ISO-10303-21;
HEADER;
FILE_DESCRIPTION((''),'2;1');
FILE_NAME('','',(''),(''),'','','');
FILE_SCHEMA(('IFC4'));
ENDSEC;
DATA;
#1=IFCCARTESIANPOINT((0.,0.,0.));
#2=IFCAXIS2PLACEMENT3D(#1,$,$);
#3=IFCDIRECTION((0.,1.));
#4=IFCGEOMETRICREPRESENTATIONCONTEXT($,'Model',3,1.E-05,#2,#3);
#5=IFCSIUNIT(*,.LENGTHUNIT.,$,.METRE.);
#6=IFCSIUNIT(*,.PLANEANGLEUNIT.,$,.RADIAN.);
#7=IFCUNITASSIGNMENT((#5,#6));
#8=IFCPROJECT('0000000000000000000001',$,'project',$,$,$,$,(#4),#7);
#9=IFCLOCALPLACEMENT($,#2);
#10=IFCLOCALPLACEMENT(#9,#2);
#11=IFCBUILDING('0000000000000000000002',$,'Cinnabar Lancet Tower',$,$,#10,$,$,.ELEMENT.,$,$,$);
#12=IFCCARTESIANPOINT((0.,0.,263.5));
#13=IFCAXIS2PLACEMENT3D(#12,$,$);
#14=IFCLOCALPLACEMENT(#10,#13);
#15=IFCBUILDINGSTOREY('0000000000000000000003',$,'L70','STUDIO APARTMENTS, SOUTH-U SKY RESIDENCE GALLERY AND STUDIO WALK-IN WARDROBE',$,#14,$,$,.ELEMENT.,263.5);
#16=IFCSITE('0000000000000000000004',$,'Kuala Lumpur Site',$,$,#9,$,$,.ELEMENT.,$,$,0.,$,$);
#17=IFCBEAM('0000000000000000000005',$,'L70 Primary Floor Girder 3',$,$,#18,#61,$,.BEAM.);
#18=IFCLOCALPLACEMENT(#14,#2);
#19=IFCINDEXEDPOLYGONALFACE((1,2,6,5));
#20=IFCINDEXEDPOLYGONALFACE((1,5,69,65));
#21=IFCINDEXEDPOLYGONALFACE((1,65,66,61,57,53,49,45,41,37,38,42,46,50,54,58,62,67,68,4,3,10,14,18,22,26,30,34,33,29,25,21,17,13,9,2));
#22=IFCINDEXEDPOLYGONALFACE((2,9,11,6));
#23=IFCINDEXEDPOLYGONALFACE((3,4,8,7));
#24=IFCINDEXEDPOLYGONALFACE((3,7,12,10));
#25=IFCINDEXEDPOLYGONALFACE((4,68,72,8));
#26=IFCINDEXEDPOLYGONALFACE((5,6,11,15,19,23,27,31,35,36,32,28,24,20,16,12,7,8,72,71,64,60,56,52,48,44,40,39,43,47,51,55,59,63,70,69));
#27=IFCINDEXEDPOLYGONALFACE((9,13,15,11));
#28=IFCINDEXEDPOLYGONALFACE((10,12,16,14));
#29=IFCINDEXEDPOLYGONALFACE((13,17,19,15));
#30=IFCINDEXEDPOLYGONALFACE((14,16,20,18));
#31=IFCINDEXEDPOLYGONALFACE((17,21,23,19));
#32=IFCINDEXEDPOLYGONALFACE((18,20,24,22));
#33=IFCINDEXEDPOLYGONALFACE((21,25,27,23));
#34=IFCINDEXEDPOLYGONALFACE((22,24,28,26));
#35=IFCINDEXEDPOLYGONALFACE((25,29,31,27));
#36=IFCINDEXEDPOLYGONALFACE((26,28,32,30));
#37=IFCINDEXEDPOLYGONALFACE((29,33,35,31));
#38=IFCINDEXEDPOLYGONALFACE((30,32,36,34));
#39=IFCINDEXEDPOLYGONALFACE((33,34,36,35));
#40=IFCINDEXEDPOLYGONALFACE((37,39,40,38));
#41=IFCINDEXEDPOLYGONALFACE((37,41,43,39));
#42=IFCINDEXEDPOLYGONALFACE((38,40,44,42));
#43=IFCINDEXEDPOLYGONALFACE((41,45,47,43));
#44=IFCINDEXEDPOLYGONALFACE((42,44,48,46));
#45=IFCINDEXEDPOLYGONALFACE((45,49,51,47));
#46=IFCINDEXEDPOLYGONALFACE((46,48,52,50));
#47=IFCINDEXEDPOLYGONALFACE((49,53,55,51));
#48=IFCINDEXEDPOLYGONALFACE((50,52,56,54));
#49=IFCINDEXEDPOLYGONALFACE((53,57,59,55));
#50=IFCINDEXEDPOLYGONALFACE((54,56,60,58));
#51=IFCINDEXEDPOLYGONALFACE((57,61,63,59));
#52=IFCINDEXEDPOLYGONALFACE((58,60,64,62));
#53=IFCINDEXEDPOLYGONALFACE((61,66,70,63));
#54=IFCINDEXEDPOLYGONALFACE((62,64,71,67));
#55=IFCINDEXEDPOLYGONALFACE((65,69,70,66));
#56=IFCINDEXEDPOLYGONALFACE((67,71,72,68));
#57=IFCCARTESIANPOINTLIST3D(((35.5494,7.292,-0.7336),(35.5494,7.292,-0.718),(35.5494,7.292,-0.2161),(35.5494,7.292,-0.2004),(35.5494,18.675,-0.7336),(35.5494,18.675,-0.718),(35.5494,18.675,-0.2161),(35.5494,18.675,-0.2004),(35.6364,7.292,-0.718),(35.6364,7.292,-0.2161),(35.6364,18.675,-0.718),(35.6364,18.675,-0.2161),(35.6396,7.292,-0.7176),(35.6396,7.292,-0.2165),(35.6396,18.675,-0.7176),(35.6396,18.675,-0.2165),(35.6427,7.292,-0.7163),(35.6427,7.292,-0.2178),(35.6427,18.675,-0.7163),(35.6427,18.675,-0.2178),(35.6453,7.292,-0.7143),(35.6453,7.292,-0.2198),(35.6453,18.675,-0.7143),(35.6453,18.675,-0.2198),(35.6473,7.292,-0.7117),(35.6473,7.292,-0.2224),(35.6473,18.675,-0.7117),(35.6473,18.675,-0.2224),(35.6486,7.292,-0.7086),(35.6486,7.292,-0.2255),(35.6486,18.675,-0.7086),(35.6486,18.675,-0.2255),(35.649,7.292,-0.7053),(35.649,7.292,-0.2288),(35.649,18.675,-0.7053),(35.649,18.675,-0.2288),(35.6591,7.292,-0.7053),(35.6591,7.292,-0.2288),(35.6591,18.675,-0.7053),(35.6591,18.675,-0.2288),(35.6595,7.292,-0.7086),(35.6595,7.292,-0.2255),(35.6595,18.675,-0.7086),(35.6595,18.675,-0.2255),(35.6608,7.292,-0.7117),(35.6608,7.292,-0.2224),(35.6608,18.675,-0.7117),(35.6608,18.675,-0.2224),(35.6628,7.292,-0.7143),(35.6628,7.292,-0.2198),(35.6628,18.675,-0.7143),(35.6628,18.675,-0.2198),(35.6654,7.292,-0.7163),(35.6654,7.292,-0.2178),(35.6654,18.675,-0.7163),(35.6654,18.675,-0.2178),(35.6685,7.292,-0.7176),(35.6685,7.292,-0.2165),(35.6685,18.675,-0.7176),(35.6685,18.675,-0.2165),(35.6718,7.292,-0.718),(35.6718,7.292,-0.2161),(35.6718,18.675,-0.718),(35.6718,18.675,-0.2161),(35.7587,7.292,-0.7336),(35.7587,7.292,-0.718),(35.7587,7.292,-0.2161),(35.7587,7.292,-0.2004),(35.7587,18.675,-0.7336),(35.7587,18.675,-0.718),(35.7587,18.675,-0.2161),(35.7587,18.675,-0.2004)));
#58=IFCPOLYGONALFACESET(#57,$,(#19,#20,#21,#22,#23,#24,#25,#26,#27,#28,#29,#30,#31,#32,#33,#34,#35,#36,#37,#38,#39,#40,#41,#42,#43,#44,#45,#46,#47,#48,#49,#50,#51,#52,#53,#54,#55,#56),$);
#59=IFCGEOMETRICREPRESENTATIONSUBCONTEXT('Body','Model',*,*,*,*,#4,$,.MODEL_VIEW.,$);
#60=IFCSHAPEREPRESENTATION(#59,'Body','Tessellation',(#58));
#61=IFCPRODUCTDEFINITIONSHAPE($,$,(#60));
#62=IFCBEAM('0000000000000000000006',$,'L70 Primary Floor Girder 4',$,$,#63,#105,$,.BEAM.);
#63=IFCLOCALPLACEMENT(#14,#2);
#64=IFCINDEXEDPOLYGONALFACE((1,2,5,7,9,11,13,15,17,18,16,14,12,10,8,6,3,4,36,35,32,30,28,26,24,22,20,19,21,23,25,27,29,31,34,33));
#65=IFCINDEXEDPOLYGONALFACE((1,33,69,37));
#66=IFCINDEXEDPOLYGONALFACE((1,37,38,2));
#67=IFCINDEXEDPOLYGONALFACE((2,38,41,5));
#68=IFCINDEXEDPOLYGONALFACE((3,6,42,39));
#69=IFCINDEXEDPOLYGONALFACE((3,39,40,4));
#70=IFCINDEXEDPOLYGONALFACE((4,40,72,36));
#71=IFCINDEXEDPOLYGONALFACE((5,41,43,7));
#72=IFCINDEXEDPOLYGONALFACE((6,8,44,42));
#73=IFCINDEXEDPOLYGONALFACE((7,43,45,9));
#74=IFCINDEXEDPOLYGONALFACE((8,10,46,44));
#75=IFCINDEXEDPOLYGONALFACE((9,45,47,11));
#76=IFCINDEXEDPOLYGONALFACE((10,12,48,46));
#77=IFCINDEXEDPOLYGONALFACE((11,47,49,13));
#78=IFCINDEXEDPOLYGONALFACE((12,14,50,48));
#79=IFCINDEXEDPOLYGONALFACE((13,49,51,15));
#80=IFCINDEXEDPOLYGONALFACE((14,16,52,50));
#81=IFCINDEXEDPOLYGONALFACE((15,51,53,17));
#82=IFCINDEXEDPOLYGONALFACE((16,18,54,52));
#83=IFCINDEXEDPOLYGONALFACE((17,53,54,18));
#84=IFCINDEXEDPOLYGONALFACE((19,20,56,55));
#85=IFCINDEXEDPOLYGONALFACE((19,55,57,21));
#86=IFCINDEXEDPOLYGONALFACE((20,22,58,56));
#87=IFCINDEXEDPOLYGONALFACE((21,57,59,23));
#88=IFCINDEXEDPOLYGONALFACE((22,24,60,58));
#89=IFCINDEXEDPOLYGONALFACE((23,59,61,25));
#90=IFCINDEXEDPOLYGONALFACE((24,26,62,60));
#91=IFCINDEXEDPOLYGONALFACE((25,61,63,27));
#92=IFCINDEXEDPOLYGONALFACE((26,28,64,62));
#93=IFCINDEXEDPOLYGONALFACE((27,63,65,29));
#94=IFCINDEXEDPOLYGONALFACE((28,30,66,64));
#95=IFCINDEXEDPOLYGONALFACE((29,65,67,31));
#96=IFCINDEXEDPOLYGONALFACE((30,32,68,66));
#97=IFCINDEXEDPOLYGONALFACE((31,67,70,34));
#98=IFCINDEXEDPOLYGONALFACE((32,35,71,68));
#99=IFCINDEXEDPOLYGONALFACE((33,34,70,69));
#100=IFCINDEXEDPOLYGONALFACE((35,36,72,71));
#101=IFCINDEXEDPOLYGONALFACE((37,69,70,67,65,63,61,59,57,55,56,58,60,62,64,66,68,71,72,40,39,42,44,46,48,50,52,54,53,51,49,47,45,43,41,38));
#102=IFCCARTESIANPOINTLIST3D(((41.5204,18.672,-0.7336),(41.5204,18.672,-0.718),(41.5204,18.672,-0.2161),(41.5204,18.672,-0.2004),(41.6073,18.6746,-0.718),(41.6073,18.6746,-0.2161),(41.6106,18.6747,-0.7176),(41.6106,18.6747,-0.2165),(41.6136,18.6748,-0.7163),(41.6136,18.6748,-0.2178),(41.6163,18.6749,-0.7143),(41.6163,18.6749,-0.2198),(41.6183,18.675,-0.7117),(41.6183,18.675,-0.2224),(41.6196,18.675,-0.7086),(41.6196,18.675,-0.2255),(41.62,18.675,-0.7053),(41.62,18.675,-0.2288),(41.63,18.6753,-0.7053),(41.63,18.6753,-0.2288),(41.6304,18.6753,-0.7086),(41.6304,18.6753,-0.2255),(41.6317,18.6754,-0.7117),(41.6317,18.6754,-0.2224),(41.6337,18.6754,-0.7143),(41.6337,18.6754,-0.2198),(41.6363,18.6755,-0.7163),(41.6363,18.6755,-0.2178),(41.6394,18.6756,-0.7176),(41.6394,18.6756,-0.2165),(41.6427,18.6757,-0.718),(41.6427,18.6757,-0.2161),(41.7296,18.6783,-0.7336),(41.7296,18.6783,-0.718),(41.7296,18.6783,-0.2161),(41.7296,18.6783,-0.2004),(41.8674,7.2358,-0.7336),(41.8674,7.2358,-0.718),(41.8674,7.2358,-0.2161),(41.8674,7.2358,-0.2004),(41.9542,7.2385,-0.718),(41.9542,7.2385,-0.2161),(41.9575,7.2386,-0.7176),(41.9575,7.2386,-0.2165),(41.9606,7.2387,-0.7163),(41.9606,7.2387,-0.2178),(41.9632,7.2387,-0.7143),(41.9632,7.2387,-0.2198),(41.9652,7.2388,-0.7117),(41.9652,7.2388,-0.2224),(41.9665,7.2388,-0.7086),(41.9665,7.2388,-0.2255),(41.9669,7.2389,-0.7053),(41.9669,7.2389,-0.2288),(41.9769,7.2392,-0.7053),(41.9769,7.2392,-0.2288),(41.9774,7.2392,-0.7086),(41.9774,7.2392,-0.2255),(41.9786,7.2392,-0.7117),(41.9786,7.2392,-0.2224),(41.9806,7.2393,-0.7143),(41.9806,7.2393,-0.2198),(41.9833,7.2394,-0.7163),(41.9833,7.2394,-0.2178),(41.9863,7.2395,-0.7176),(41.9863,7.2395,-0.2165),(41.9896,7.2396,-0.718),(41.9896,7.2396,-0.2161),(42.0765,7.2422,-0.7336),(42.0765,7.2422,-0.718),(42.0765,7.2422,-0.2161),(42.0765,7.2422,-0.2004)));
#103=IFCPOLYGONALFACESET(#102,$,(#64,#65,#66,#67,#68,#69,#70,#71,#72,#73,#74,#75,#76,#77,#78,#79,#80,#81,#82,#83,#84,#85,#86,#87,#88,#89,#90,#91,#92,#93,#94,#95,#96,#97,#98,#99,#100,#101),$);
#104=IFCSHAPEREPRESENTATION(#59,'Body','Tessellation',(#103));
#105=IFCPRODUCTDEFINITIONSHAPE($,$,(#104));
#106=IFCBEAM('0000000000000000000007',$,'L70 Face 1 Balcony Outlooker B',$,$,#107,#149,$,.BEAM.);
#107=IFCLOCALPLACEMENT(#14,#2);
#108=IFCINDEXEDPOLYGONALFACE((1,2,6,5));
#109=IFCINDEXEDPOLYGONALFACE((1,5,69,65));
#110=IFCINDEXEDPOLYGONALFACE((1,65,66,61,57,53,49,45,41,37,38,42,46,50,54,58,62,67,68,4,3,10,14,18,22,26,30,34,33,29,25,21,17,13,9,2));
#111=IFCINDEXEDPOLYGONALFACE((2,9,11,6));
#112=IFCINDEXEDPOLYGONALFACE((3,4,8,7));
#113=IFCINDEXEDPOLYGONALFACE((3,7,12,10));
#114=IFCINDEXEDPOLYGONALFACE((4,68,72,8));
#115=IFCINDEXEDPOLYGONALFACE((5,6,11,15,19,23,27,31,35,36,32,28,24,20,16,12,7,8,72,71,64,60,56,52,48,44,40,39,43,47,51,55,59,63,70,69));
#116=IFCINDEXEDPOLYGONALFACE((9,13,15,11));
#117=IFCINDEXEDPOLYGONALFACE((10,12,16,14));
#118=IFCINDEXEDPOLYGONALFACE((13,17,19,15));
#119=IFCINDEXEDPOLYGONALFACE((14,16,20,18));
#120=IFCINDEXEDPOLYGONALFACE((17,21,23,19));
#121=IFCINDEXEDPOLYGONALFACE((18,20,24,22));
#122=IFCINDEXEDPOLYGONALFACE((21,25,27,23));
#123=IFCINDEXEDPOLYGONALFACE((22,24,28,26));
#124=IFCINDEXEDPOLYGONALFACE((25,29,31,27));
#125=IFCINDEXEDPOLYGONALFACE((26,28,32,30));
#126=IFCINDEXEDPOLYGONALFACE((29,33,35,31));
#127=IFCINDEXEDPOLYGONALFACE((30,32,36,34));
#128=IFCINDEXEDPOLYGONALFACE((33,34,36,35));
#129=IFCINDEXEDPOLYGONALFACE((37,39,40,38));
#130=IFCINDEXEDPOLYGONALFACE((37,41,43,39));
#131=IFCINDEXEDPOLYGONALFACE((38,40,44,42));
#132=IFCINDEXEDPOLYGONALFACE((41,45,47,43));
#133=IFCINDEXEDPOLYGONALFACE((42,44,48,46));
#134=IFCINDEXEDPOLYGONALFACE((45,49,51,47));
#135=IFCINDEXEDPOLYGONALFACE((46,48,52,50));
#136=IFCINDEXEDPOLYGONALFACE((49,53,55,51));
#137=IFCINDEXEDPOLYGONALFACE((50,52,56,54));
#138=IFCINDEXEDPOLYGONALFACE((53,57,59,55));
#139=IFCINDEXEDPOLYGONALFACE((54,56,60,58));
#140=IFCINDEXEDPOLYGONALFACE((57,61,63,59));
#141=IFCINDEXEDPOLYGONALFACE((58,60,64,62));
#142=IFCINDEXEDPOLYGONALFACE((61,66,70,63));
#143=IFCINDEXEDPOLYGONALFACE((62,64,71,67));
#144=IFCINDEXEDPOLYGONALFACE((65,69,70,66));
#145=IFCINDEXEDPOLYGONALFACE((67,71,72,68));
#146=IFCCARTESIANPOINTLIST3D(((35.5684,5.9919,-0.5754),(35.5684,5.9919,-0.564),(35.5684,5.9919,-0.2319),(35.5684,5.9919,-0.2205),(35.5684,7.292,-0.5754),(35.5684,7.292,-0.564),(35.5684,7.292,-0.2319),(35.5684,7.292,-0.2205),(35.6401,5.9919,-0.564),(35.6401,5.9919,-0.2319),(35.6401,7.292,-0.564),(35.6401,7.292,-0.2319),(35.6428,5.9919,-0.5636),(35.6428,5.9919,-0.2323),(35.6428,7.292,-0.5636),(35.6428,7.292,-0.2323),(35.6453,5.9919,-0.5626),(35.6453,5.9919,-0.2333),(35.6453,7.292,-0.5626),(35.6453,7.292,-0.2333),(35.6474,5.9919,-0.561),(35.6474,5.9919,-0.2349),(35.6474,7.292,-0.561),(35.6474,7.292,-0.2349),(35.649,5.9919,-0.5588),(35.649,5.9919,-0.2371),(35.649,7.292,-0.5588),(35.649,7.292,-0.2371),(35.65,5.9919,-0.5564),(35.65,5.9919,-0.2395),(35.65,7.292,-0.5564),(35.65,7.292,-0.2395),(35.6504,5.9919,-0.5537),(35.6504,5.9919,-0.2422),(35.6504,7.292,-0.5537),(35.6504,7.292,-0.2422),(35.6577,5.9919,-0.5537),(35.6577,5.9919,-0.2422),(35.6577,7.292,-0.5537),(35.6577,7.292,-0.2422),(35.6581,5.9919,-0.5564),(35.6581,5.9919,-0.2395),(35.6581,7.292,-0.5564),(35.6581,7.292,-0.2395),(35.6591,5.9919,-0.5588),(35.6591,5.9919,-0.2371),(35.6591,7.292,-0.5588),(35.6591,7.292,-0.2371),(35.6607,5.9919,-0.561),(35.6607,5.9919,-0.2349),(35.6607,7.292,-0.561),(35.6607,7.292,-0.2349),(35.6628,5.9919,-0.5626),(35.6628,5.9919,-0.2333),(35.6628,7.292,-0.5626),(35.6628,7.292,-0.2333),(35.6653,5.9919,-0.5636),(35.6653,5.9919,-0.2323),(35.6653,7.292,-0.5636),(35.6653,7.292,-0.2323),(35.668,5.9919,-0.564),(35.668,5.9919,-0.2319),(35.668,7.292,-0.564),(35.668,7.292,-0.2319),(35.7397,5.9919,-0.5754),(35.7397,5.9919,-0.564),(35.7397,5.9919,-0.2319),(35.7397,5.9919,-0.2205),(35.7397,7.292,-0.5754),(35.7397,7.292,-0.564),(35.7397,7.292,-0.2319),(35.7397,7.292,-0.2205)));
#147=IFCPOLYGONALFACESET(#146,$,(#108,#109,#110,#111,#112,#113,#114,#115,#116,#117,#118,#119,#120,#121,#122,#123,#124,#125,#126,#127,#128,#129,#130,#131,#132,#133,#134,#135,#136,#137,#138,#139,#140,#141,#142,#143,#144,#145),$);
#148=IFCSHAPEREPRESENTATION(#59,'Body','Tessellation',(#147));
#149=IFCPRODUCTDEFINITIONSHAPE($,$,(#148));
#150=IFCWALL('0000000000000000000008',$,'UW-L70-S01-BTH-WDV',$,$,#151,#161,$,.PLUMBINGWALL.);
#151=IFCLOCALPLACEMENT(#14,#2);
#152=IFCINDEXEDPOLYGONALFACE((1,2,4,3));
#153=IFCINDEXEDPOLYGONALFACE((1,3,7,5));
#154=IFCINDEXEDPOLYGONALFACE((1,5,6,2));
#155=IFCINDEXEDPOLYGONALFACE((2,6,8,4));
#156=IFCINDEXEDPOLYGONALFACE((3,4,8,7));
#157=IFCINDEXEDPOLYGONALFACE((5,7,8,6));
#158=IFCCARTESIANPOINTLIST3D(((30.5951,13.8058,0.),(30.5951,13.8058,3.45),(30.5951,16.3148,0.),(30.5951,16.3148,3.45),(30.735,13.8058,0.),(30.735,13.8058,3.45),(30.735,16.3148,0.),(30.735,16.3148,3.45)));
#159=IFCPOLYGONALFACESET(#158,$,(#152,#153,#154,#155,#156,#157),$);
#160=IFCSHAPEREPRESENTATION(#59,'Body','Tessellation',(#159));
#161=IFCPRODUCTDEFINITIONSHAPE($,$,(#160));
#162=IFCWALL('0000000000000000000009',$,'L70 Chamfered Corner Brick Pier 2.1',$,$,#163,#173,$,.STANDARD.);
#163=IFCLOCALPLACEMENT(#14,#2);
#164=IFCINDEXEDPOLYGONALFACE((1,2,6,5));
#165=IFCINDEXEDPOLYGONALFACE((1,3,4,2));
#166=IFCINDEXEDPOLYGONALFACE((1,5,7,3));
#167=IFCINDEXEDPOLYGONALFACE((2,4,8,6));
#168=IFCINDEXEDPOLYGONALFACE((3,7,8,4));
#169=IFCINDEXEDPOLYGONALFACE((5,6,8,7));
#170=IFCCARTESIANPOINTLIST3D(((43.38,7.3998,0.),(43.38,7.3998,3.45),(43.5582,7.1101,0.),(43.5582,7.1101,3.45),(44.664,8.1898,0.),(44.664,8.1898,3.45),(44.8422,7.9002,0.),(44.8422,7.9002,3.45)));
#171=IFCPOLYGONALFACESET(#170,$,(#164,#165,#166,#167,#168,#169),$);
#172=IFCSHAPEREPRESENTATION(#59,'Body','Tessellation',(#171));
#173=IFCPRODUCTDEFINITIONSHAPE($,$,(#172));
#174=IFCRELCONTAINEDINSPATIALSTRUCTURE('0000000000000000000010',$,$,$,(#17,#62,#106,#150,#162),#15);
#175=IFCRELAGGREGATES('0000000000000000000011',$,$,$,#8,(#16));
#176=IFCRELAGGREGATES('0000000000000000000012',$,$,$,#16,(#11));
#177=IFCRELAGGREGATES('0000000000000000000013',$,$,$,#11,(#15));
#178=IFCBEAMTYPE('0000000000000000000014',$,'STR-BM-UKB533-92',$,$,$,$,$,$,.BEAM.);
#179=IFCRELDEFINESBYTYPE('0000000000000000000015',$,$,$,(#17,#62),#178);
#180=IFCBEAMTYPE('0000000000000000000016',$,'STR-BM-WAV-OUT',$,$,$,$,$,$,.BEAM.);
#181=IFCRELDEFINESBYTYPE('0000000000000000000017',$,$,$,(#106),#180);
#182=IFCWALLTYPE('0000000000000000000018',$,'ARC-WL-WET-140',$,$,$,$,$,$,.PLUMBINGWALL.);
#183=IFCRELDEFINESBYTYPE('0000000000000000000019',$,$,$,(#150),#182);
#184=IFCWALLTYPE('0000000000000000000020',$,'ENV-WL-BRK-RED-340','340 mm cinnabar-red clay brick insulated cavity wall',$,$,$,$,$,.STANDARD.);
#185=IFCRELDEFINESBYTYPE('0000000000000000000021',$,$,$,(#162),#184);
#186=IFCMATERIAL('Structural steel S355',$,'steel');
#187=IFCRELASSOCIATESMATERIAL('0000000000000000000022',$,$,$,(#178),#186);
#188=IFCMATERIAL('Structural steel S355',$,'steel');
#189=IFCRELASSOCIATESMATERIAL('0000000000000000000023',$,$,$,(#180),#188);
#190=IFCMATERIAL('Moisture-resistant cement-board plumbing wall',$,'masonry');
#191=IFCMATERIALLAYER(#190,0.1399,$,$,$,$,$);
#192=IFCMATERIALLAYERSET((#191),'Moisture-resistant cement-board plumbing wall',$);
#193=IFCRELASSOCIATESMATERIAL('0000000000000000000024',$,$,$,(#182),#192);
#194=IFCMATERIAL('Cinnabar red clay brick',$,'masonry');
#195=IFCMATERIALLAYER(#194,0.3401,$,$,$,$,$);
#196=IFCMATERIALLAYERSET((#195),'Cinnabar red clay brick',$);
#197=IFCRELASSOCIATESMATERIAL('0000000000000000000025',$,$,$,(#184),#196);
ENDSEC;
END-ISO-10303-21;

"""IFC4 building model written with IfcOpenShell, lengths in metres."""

from ifc_helpers import new_model, si_unit, direction, frame, frame_2d, origin, origin_2d, place, context, subcontext, project, spatial, rectangle, i_section, extrude, material, layer, layer_set, material_profile, profile_set, type_object, element, save


model = new_model("IFC4")

# Units and contexts
model_context = context("Model", 3, precision=1e-05, world=origin(), true_north=direction((0.0, 1.0)))
body_context = subcontext(model_context, "Body", "Model", "MODEL_VIEW")
ifc_project = project(units=[si_unit("LENGTHUNIT", "METRE"), si_unit("PLANEANGLEUNIT", "RADIAN")], contexts=[model_context])

# Site, building, storey
site_placement = place(None, origin())
site = spatial("IfcSite", under=ifc_project, at=site_placement, Name="Kuala Lumpur Site", CompositionType="ELEMENT", RefElevation=0.0)
building_placement = place(site_placement, origin())
building = spatial("IfcBuilding", under=site, at=building_placement, Name="Cinnabar Lancet Tower", CompositionType="ELEMENT")
storey_placement = place(building_placement, frame((0.0, 0.0, 263.5)))
storey = spatial("IfcBuildingStorey", under=building, at=storey_placement, Name="L70", Description="STUDIO APARTMENTS, SOUTH-U SKY RESIDENCE GALLERY AND STUDIO WALK-IN WARDROBE", CompositionType="ELEMENT", Elevation=263.5)

# Beams
ifc_material_1 = material(Name="Structural steel S355", Category="steel")
ifc_material_profile_1 = material_profile(ifc_material_1, i_section(OverallWidth=0.2092, OverallDepth=0.5332, WebThickness=0.01, FlangeThickness=0.0156, FilletRadius=0.0127, at=origin_2d()), Name="UKB 533x210x92")
ifc_profile_set_1 = profile_set([ifc_material_profile_1], Name="Structural steel S355")
beam_type_1 = type_object("IfcBeamType", Name="STR-BM-UKB533-92", PredefinedType="BEAM", material=ifc_profile_set_1)
beam_1_placement = place(storey_placement, frame((35.6541, 7.292, -0.467), z_axis=(0.0, 1.0, 0.0), x_axis=(-1.0, 0.0, 0.0)))
element("IfcBeam", 1, at=beam_1_placement, inside=storey, type_object=beam_type_1, Name="L70 Primary Floor Girder 3", PredefinedType="BEAM", context=body_context, shape_type="SweptSolid", body=[
    extrude(i_section(OverallWidth=0.2092, OverallDepth=0.5332, WebThickness=0.01, FlangeThickness=0.0156, FilletRadius=0.0127, at=origin_2d()), origin(), (0.0, 0.0, 1.0), 11.3831),
])
beam_2_placement = place(storey_placement, frame((41.9719, 7.239, -0.467), z_axis=(-0.030322, 0.99954, 0.0), x_axis=(-0.99954, -0.030322, 0.0)))
element("IfcBeam", 2, at=beam_2_placement, inside=storey, type_object=beam_type_1, Name="L70 Primary Floor Girder 4", PredefinedType="BEAM", context=body_context, shape_type="SweptSolid", body=[
    extrude(i_section(OverallWidth=0.2092, OverallDepth=0.5332, WebThickness=0.01, FlangeThickness=0.0156, FilletRadius=0.0127, at=origin_2d()), origin(), (0.0, 0.0, 1.0), 11.4414),
])
ifc_material_2 = material(Name="Structural steel S355", Category="steel")
ifc_material_profile_2 = material_profile(ifc_material_2, i_section(OverallWidth=0.1714, OverallDepth=0.355, WebThickness=0.0073, FlangeThickness=0.0115, FilletRadius=0.0103, at=origin_2d()), Name="UKB 356x171x51")
ifc_profile_set_2 = profile_set([ifc_material_profile_2], Name="Structural steel S355")
beam_type_2 = type_object("IfcBeamType", Name="STR-BM-WAV-OUT", PredefinedType="BEAM", material=ifc_profile_set_2)
beam_3_placement = place(storey_placement, frame((35.6541, 7.292, -0.3979), z_axis=(0.0, -1.0, 0.0), x_axis=(1.0, 0.0, 0.0)))
element("IfcBeam", 3, at=beam_3_placement, inside=storey, type_object=beam_type_2, Name="L70 Face 1 Balcony Outlooker B", PredefinedType="BEAM", context=body_context, shape_type="SweptSolid", body=[
    extrude(i_section(OverallWidth=0.1714, OverallDepth=0.355, WebThickness=0.0073, FlangeThickness=0.0115, FilletRadius=0.0103, at=origin_2d()), origin(), (0.0, 0.0, 1.0), 1.3),
])

# Walls
ifc_material_3 = material(Name="Moisture-resistant cement-board plumbing wall", Category="masonry")
ifc_layer_1 = layer(ifc_material_3, 0.1399)
ifc_layer_set_1 = layer_set([ifc_layer_1], Name="Moisture-resistant cement-board plumbing wall")
wall_type_1 = type_object("IfcWallType", Name="ARC-WL-WET-140", PredefinedType="PLUMBINGWALL", material=ifc_layer_set_1)
wall_1_placement = place(storey_placement, frame((30.665, 13.8059, 0.0), z_axis=(0.0, 0.0, 1.0), x_axis=(0.0, 1.0, 0.0)))
element("IfcWall", 4, at=wall_1_placement, inside=storey, type_object=wall_type_1, Name="UW-L70-S01-BTH-WDV", PredefinedType="PLUMBINGWALL", context=body_context, shape_type="SweptSolid", body=[
    extrude(rectangle(XDim=2.509, YDim=0.1399, at=frame_2d((1.2544, 0.0))), origin(), (0.0, 0.0, 1.0), 3.45),
])
ifc_material_4 = material(Name="Cinnabar red clay brick", Category="masonry")
ifc_layer_2 = layer(ifc_material_4, 0.3401)
ifc_layer_set_2 = layer_set([ifc_layer_2], Name="Cinnabar red clay brick")
wall_type_2 = type_object("IfcWallType", Name="ENV-WL-BRK-RED-340", Description="340 mm cinnabar-red clay brick insulated cavity wall", PredefinedType="STANDARD", material=ifc_layer_set_2)
wall_2_placement = place(storey_placement, frame((43.469, 7.2549, 0.0), z_axis=(0.0, 0.0, 1.0), x_axis=(0.851681, 0.524061, 0.0)))
element("IfcWall", 5, at=wall_2_placement, inside=storey, type_object=wall_type_2, Name="L70 Chamfered Corner Brick Pier 2.1", PredefinedType="STANDARD", context=body_context, shape_type="SweptSolid", body=[
    extrude(rectangle(XDim=1.5076, YDim=0.3401, at=frame_2d((0.7539, 0.0))), origin(), (0.0, 0.0, 1.0), 3.45),
])

save(model, "model.ifc")
